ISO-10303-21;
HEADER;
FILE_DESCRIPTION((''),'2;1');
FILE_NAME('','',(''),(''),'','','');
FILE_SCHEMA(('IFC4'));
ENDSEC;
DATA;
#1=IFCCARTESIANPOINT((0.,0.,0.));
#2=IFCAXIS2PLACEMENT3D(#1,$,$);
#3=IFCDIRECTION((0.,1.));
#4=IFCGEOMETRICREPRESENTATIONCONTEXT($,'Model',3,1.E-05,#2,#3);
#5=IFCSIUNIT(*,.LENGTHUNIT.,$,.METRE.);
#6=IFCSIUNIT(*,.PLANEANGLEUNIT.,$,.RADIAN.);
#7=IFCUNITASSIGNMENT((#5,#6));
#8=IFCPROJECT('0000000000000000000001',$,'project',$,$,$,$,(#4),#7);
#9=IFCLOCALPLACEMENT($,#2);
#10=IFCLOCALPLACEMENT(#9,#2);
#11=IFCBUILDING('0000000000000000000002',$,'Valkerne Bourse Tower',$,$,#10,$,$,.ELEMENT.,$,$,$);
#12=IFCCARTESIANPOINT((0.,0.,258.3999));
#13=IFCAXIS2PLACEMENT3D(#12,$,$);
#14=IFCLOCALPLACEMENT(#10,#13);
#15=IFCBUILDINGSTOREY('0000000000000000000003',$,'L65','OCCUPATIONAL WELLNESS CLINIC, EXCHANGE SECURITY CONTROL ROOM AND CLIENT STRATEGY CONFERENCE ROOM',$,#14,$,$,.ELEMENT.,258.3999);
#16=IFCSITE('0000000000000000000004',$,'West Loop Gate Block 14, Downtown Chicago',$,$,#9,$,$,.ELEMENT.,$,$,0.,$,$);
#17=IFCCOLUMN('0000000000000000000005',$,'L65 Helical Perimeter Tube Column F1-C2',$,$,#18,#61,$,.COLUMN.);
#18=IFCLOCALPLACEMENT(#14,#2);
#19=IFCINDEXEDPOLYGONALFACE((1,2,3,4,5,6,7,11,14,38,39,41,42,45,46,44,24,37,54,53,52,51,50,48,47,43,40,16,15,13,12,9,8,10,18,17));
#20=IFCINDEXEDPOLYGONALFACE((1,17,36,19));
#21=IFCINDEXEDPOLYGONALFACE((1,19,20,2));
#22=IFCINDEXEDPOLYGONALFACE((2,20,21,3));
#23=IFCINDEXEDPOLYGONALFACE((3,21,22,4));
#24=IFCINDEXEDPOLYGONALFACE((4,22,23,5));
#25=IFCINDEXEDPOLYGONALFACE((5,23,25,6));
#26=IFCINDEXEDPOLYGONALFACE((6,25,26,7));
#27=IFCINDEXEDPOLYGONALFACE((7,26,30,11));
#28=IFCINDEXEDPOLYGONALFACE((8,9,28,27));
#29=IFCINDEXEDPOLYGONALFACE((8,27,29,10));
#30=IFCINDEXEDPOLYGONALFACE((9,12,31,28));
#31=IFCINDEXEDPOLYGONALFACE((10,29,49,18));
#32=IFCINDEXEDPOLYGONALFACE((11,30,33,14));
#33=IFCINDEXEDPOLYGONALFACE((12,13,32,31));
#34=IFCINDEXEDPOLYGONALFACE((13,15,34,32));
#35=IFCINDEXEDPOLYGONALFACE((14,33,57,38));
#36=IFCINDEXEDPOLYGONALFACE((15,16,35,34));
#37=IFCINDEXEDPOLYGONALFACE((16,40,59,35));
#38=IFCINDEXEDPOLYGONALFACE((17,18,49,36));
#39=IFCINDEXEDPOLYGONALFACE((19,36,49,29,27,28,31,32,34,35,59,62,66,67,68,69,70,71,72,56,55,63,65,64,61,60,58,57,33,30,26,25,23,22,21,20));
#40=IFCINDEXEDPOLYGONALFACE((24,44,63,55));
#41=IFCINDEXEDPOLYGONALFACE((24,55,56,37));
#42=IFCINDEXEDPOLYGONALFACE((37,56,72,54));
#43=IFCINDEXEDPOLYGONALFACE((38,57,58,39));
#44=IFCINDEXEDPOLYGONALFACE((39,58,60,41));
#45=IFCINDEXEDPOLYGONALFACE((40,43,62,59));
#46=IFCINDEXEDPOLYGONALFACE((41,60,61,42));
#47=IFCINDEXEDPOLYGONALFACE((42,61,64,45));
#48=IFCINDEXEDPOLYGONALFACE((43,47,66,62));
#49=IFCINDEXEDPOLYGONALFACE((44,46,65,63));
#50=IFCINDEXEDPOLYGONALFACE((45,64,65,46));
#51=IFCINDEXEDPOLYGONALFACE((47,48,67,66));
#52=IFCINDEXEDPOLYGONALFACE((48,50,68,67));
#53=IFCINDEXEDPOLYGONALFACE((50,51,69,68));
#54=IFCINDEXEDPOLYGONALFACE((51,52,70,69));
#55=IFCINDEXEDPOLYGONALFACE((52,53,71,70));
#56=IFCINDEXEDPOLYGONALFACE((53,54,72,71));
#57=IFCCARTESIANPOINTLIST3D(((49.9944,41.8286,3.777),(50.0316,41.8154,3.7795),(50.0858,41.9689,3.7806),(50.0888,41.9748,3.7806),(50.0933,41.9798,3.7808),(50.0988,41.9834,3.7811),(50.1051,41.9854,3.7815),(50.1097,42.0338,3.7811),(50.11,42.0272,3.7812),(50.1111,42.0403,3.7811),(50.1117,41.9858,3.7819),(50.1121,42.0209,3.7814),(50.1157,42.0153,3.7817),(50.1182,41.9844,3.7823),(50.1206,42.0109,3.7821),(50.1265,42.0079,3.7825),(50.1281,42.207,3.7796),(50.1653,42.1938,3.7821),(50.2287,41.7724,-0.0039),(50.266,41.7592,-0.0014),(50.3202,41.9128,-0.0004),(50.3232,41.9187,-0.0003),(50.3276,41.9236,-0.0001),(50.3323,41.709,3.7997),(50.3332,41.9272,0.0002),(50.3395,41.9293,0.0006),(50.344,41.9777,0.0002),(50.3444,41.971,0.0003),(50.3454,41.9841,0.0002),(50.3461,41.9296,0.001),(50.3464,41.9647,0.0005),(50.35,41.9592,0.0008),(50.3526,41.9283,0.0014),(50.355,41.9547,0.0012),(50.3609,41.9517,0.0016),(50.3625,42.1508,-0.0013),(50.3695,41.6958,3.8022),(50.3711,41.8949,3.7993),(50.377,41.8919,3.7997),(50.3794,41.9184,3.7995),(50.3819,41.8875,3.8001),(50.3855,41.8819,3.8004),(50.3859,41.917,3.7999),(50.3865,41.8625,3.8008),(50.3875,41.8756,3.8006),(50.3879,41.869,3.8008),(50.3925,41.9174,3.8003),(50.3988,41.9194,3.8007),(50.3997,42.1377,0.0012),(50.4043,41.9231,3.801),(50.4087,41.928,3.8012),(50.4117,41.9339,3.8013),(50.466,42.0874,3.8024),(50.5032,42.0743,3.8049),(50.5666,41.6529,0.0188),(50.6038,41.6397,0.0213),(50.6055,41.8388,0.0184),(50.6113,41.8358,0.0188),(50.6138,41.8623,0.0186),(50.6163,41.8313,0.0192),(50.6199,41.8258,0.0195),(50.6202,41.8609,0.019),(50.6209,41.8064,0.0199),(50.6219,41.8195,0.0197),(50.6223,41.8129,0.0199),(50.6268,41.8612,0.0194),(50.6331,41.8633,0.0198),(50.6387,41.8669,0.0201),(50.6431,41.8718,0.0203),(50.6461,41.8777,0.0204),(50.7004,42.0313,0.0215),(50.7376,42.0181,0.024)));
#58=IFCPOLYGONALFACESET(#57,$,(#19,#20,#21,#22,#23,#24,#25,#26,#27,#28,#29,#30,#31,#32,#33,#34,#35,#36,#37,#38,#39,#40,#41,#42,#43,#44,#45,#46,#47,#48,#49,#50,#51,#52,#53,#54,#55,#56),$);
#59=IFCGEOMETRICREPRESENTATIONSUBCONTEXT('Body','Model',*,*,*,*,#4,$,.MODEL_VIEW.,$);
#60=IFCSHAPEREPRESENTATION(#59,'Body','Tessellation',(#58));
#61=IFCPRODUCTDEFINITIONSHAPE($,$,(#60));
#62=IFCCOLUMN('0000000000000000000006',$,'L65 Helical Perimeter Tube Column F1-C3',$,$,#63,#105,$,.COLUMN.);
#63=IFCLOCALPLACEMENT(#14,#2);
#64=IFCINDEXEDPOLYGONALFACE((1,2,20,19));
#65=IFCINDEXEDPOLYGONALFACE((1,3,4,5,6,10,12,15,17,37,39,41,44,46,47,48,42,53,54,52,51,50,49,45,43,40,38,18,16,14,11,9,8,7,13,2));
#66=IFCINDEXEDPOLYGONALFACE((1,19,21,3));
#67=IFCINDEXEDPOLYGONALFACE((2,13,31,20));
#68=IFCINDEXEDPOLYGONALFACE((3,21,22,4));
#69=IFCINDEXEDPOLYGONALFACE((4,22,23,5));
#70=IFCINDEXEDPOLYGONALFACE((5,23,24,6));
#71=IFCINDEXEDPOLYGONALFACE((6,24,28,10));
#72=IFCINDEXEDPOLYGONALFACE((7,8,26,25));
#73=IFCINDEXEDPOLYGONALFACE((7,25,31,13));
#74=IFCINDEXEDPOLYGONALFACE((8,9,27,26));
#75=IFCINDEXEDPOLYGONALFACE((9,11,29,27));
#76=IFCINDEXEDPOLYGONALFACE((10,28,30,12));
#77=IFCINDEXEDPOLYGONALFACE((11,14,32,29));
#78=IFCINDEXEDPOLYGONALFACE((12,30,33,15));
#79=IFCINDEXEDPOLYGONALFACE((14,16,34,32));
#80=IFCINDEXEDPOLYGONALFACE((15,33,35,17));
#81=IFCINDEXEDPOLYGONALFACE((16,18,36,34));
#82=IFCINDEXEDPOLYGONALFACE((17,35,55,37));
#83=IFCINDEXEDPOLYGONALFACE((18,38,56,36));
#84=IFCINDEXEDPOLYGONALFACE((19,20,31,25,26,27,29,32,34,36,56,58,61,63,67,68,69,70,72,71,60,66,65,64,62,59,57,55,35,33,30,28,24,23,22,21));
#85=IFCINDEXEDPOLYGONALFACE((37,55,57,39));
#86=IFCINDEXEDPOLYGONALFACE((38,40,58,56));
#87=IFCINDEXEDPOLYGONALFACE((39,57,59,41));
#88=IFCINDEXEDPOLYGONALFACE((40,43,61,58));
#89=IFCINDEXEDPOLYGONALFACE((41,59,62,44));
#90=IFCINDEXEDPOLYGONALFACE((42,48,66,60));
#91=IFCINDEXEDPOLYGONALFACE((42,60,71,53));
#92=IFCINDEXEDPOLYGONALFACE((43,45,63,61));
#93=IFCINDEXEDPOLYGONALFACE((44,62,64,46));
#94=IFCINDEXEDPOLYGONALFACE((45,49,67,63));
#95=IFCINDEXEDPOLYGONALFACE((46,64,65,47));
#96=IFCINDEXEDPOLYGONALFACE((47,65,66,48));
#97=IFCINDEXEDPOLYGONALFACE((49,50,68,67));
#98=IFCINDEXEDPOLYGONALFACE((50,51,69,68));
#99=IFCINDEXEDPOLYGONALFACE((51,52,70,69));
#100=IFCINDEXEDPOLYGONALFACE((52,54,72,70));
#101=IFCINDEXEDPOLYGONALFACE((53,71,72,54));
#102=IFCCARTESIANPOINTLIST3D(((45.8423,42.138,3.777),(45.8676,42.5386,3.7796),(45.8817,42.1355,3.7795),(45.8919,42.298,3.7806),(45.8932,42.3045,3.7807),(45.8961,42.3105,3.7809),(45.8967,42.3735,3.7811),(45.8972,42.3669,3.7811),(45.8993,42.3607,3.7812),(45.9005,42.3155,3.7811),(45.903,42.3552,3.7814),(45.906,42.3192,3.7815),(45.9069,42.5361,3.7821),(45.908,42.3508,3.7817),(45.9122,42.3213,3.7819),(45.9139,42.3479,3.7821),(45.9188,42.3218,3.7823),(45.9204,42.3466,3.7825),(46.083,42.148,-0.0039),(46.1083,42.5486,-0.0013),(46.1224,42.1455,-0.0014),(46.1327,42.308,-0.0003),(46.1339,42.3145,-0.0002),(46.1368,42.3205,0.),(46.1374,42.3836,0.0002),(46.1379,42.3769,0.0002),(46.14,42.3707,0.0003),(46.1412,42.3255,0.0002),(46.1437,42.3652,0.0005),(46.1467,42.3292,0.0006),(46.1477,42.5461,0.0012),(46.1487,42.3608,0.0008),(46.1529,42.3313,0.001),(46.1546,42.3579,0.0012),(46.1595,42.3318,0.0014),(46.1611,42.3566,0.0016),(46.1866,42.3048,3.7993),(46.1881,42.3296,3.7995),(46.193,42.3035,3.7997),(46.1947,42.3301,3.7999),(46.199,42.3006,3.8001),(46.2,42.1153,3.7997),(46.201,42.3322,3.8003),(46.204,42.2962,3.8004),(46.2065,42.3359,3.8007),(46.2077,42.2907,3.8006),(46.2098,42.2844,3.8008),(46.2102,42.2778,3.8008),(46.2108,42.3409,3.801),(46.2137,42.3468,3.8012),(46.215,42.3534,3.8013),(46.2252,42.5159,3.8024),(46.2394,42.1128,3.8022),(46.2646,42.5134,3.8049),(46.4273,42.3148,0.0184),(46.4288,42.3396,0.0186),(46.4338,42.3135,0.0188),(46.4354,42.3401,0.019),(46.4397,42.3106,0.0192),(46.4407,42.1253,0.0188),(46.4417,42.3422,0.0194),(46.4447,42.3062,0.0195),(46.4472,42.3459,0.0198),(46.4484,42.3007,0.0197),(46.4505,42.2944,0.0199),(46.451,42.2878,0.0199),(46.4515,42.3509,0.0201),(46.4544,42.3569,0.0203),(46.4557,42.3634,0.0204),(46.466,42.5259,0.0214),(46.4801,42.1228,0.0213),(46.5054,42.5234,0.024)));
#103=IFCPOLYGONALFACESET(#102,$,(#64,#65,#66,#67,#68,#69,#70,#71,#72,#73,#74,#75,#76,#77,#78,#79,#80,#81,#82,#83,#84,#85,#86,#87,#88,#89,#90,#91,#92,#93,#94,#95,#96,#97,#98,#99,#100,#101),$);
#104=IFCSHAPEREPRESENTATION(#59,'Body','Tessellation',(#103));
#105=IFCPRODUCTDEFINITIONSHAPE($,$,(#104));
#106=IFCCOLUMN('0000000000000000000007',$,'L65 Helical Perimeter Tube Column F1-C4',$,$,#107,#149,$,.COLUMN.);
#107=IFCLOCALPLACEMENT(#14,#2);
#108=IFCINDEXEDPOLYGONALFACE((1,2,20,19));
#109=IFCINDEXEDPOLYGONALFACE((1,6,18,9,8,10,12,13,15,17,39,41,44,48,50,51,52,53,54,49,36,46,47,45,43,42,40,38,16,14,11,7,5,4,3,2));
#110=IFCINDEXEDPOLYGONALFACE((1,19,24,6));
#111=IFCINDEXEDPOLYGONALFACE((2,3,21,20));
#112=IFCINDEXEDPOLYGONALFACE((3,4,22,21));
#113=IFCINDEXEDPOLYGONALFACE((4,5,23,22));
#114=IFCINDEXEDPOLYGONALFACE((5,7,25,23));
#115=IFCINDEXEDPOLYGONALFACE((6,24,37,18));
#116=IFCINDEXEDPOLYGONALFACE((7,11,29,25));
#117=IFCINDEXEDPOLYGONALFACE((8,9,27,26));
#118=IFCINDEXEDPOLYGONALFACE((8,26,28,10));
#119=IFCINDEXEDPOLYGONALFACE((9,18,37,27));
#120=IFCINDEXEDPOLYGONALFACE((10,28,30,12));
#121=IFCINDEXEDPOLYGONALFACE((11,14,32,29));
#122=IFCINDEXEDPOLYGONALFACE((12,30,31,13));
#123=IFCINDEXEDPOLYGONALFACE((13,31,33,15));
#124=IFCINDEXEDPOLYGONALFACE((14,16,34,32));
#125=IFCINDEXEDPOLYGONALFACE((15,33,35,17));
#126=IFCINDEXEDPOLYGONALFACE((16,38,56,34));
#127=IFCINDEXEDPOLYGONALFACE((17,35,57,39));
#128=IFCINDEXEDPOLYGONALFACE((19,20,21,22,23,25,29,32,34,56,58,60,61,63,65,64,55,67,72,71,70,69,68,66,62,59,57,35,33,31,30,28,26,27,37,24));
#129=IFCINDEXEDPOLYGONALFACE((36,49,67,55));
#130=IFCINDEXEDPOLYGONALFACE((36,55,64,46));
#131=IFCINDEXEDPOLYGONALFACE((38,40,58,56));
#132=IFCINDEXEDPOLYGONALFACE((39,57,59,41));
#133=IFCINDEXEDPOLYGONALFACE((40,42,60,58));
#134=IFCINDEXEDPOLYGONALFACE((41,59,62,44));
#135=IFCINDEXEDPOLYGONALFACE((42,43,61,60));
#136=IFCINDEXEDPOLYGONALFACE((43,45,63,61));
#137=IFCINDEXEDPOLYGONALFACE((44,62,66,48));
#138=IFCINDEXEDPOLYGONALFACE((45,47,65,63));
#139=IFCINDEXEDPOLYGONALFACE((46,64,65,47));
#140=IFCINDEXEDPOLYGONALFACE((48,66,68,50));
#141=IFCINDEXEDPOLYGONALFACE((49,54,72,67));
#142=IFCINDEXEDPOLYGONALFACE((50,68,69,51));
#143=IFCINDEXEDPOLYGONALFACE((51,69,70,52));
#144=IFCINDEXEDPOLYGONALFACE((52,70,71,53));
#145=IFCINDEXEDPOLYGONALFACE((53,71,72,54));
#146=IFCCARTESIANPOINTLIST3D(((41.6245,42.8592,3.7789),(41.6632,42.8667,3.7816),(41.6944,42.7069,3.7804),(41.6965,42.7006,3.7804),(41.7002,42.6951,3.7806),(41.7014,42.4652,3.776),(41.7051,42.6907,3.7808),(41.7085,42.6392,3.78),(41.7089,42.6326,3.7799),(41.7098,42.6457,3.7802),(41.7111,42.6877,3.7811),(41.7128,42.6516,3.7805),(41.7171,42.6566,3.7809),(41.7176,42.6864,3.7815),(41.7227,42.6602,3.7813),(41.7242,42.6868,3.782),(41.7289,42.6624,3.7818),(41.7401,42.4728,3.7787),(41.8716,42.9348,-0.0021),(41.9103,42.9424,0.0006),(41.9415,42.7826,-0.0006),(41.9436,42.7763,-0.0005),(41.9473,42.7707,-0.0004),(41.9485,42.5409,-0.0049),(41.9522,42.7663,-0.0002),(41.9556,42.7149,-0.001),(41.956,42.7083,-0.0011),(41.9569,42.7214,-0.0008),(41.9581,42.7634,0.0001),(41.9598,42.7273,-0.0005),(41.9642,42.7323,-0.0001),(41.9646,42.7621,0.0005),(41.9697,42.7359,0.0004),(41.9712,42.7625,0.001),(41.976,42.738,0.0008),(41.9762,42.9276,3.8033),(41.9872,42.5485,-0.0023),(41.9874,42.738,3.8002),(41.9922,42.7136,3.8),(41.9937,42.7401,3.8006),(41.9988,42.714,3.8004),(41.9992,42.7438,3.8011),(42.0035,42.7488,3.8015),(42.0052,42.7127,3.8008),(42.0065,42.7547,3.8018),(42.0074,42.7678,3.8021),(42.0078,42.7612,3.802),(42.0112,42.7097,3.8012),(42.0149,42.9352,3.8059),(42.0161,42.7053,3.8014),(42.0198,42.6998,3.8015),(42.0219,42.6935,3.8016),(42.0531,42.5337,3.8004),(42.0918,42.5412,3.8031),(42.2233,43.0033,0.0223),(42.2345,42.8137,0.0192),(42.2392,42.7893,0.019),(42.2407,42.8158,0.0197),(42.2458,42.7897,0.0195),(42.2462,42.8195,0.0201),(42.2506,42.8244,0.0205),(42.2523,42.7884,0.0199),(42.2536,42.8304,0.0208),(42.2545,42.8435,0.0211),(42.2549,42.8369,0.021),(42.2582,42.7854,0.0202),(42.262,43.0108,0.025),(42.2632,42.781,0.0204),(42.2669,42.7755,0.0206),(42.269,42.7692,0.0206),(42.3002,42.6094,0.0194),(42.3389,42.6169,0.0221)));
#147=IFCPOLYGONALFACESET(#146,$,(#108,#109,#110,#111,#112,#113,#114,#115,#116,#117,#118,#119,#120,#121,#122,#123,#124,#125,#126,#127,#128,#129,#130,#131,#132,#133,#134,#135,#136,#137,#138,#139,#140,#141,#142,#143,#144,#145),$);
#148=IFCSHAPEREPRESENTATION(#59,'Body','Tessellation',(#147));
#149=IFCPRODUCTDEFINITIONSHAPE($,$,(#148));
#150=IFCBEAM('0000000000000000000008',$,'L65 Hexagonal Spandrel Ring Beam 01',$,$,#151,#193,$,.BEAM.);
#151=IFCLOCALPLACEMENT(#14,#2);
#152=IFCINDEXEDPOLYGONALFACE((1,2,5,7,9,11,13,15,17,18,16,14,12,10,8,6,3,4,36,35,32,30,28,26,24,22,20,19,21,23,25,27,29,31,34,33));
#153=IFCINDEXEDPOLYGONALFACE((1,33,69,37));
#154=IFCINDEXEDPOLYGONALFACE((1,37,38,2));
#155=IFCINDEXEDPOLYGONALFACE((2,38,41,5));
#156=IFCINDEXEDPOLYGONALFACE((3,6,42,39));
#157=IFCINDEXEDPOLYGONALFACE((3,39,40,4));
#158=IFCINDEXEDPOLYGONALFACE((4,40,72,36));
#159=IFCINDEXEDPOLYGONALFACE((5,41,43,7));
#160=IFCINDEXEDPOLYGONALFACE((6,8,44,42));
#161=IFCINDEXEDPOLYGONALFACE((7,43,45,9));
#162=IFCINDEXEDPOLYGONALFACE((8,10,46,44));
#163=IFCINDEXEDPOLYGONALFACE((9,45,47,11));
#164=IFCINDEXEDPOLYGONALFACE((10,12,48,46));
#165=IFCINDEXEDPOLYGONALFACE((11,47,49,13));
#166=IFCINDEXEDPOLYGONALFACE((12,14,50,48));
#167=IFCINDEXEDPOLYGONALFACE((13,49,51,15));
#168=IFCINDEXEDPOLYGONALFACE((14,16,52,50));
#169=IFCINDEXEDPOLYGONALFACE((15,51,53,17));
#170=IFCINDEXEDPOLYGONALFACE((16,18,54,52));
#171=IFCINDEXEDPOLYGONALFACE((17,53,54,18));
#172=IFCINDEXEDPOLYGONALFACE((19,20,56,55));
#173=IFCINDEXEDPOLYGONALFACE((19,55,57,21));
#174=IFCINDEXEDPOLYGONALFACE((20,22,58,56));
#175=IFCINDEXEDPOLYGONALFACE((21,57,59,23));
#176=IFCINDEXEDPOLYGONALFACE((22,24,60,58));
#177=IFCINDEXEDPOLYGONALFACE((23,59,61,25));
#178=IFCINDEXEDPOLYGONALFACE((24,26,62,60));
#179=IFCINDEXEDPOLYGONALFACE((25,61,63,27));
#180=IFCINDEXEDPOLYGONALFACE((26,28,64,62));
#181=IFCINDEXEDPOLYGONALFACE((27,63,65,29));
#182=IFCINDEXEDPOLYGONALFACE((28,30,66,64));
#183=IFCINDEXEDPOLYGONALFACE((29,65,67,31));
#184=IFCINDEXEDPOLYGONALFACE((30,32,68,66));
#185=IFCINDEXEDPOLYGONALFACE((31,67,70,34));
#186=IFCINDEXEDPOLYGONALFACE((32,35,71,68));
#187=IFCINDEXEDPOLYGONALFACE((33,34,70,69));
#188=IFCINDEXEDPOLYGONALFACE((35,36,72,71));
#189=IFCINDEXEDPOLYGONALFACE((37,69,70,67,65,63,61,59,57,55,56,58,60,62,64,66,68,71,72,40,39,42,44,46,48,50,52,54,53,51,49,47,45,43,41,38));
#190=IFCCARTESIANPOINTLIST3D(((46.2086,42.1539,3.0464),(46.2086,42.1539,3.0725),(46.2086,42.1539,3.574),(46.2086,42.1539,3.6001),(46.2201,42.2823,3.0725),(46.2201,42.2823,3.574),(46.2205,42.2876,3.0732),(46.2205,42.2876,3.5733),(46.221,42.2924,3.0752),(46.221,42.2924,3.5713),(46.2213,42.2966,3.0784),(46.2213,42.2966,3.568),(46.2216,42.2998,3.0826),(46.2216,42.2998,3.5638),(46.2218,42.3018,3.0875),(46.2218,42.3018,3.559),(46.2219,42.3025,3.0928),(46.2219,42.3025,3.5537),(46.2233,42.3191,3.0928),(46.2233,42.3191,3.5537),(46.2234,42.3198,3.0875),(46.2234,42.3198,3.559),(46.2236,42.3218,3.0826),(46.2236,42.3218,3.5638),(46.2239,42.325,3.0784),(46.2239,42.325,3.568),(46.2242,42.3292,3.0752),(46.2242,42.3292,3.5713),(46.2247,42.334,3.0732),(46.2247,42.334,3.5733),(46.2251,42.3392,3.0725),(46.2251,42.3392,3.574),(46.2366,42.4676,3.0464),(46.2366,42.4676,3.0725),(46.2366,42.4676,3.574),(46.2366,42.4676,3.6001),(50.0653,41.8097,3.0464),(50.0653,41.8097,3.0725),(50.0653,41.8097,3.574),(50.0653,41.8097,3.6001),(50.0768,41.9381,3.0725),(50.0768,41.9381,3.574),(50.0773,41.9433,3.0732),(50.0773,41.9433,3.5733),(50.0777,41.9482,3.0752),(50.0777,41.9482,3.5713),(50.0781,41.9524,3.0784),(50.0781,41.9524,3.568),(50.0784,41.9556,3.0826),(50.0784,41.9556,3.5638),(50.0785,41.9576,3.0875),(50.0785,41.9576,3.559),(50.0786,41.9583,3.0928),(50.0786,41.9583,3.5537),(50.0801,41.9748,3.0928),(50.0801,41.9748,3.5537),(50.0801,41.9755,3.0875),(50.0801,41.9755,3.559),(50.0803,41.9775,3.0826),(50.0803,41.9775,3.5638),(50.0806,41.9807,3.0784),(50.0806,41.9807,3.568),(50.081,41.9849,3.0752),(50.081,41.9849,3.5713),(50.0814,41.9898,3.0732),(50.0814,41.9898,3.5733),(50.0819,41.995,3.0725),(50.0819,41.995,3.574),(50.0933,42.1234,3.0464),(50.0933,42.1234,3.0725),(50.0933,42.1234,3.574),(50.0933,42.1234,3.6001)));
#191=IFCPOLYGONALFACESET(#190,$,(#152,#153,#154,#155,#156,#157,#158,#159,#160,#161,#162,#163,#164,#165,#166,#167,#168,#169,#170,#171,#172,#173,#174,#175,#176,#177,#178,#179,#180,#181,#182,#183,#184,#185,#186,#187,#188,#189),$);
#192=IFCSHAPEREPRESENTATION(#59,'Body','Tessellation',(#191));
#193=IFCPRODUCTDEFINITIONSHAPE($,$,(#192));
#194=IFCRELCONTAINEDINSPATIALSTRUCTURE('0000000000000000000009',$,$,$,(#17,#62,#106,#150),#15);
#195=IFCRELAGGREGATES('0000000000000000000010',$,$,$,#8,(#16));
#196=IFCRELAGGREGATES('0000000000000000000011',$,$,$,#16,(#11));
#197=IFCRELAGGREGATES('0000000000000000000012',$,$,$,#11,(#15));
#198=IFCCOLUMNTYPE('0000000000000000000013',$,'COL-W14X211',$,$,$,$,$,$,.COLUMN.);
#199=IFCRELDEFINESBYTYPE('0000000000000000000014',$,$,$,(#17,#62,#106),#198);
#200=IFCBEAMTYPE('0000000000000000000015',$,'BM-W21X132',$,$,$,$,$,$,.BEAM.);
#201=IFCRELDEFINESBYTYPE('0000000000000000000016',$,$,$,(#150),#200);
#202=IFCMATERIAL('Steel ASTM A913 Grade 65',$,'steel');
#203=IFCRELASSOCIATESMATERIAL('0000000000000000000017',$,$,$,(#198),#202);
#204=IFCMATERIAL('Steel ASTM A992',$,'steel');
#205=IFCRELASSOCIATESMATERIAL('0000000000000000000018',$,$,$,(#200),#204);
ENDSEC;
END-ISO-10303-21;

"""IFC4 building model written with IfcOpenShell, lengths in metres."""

from ifc_helpers import new_model, si_unit, direction, frame, origin, origin_2d, place, context, subcontext, project, spatial, i_section, extrude, material, material_profile, profile_set, type_object, element, save


model = new_model("IFC4")

# Units and contexts
model_context = context("Model", 3, precision=1e-05, world=origin(), true_north=direction((0.0, 1.0)))
body_context = subcontext(model_context, "Body", "Model", "MODEL_VIEW")
ifc_project = project(units=[si_unit("LENGTHUNIT", "METRE"), si_unit("PLANEANGLEUNIT", "RADIAN")], contexts=[model_context])

# Site, building, storey
site_placement = place(None, origin())
site = spatial("IfcSite", under=ifc_project, at=site_placement, Name="West Loop Gate Block 14, Downtown Chicago", CompositionType="ELEMENT", RefElevation=0.0)
building_placement = place(site_placement, origin())
building = spatial("IfcBuilding", under=site, at=building_placement, Name="Valkerne Bourse Tower", CompositionType="ELEMENT")
storey_placement = place(building_placement, frame((0.0, 0.0, 258.3999)))
storey = spatial("IfcBuildingStorey", under=building, at=storey_placement, Name="L65", Description="OCCUPATIONAL WELLNESS CLINIC, EXCHANGE SECURITY CONTROL ROOM AND CLIENT STRATEGY CONFERENCE ROOM", CompositionType="ELEMENT", Elevation=258.3999)

# Columns
ifc_material_1 = material(Name="Steel ASTM A913 Grade 65", Category="steel")
ifc_material_profile_1 = material_profile(ifc_material_1, i_section(OverallWidth=0.4014, OverallDepth=0.3987, WebThickness=0.0249, FlangeThickness=0.0396, FilletRadius=0.0254, at=origin_2d()), Name="W14X211")
ifc_profile_set_1 = profile_set([ifc_material_profile_1], Name="Steel ASTM A913 Grade 65")
column_type = type_object("IfcColumnType", Name="COL-W14X211", PredefinedType="COLUMN", material=ifc_profile_set_1)
for number, where, z_axis, x_axis, name in (
    (1, (50.4832, 41.8953, 0.01), (-0.061862, 0.014821, 0.997975), (0.333159, 0.942847, 0.006649), "L65 Helical Perimeter Tube Column F1-C2"),
    (2, (46.2942, 42.3357, 0.01), (-0.063537, -0.002642, 0.997976), (0.062908, 0.997997, 0.006647), "L65 Helical Perimeter Tube Column F1-C3"),
):
    element("IfcColumn", number, at=place(storey_placement, frame(where, z_axis=z_axis, x_axis=x_axis)), inside=storey, type_object=column_type, Name=name, PredefinedType="COLUMN", context=body_context, shape_type="SweptSolid", body=[
        extrude(i_section(OverallWidth=0.4014, OverallDepth=0.3987, WebThickness=0.0249, FlangeThickness=0.0396, FilletRadius=0.0254, at=origin_2d()), origin(), (0.0, 0.0, 1.0), 3.7886),
    ])
column_placement = place(storey_placement, frame((42.1052, 42.7759, 0.01), z_axis=(-0.065193, -0.01997, 0.997673), x_axis=(-0.191574, 0.981452, 0.007127)))
element("IfcColumn", 3, at=column_placement, inside=storey, type_object=column_type, Name="L65 Helical Perimeter Tube Column F1-C4", PredefinedType="COLUMN", context=body_context, shape_type="SweptSolid", body=[
    extrude(i_section(OverallWidth=0.4014, OverallDepth=0.3987, WebThickness=0.0249, FlangeThickness=0.0396, FilletRadius=0.0254, at=origin_2d()), origin(), (0.0, 0.0, 1.0), 3.7898),
])

# Beam
ifc_material_2 = material(Name="Steel ASTM A992", Category="steel")
ifc_material_profile_2 = material_profile(ifc_material_2, i_section(OverallWidth=0.3149, OverallDepth=0.5537, WebThickness=0.0166, FlangeThickness=0.0261, FilletRadius=0.0203, at=origin_2d()), Name="W21X132")
ifc_profile_set_2 = profile_set([ifc_material_profile_2], Name="Steel ASTM A992")
beam_type_1 = type_object("IfcBeamType", Name="BM-W21X132", PredefinedType="BEAM", material=ifc_profile_set_2)
for number, where, z_axis, x_axis, name in (
    (4, (50.0793, 41.9666, 3.3232), (-0.99604, 0.088904, 0.0), (-0.088904, -0.99604, 0.0), "L65 Hexagonal Spandrel Ring Beam 01"),
):
    element("IfcBeam", number, at=place(storey_placement, frame(where, z_axis=z_axis, x_axis=x_axis)), inside=storey, type_object=beam_type_1, Name=name, PredefinedType="BEAM", context=body_context, shape_type="SweptSolid", body=[
        extrude(i_section(OverallWidth=0.3149, OverallDepth=0.5537, WebThickness=0.0166, FlangeThickness=0.0261, FilletRadius=0.0203, at=origin_2d()), origin(), (0.0, 0.0, 1.0), 3.8721),
    ])

save(model, "model.ifc")
